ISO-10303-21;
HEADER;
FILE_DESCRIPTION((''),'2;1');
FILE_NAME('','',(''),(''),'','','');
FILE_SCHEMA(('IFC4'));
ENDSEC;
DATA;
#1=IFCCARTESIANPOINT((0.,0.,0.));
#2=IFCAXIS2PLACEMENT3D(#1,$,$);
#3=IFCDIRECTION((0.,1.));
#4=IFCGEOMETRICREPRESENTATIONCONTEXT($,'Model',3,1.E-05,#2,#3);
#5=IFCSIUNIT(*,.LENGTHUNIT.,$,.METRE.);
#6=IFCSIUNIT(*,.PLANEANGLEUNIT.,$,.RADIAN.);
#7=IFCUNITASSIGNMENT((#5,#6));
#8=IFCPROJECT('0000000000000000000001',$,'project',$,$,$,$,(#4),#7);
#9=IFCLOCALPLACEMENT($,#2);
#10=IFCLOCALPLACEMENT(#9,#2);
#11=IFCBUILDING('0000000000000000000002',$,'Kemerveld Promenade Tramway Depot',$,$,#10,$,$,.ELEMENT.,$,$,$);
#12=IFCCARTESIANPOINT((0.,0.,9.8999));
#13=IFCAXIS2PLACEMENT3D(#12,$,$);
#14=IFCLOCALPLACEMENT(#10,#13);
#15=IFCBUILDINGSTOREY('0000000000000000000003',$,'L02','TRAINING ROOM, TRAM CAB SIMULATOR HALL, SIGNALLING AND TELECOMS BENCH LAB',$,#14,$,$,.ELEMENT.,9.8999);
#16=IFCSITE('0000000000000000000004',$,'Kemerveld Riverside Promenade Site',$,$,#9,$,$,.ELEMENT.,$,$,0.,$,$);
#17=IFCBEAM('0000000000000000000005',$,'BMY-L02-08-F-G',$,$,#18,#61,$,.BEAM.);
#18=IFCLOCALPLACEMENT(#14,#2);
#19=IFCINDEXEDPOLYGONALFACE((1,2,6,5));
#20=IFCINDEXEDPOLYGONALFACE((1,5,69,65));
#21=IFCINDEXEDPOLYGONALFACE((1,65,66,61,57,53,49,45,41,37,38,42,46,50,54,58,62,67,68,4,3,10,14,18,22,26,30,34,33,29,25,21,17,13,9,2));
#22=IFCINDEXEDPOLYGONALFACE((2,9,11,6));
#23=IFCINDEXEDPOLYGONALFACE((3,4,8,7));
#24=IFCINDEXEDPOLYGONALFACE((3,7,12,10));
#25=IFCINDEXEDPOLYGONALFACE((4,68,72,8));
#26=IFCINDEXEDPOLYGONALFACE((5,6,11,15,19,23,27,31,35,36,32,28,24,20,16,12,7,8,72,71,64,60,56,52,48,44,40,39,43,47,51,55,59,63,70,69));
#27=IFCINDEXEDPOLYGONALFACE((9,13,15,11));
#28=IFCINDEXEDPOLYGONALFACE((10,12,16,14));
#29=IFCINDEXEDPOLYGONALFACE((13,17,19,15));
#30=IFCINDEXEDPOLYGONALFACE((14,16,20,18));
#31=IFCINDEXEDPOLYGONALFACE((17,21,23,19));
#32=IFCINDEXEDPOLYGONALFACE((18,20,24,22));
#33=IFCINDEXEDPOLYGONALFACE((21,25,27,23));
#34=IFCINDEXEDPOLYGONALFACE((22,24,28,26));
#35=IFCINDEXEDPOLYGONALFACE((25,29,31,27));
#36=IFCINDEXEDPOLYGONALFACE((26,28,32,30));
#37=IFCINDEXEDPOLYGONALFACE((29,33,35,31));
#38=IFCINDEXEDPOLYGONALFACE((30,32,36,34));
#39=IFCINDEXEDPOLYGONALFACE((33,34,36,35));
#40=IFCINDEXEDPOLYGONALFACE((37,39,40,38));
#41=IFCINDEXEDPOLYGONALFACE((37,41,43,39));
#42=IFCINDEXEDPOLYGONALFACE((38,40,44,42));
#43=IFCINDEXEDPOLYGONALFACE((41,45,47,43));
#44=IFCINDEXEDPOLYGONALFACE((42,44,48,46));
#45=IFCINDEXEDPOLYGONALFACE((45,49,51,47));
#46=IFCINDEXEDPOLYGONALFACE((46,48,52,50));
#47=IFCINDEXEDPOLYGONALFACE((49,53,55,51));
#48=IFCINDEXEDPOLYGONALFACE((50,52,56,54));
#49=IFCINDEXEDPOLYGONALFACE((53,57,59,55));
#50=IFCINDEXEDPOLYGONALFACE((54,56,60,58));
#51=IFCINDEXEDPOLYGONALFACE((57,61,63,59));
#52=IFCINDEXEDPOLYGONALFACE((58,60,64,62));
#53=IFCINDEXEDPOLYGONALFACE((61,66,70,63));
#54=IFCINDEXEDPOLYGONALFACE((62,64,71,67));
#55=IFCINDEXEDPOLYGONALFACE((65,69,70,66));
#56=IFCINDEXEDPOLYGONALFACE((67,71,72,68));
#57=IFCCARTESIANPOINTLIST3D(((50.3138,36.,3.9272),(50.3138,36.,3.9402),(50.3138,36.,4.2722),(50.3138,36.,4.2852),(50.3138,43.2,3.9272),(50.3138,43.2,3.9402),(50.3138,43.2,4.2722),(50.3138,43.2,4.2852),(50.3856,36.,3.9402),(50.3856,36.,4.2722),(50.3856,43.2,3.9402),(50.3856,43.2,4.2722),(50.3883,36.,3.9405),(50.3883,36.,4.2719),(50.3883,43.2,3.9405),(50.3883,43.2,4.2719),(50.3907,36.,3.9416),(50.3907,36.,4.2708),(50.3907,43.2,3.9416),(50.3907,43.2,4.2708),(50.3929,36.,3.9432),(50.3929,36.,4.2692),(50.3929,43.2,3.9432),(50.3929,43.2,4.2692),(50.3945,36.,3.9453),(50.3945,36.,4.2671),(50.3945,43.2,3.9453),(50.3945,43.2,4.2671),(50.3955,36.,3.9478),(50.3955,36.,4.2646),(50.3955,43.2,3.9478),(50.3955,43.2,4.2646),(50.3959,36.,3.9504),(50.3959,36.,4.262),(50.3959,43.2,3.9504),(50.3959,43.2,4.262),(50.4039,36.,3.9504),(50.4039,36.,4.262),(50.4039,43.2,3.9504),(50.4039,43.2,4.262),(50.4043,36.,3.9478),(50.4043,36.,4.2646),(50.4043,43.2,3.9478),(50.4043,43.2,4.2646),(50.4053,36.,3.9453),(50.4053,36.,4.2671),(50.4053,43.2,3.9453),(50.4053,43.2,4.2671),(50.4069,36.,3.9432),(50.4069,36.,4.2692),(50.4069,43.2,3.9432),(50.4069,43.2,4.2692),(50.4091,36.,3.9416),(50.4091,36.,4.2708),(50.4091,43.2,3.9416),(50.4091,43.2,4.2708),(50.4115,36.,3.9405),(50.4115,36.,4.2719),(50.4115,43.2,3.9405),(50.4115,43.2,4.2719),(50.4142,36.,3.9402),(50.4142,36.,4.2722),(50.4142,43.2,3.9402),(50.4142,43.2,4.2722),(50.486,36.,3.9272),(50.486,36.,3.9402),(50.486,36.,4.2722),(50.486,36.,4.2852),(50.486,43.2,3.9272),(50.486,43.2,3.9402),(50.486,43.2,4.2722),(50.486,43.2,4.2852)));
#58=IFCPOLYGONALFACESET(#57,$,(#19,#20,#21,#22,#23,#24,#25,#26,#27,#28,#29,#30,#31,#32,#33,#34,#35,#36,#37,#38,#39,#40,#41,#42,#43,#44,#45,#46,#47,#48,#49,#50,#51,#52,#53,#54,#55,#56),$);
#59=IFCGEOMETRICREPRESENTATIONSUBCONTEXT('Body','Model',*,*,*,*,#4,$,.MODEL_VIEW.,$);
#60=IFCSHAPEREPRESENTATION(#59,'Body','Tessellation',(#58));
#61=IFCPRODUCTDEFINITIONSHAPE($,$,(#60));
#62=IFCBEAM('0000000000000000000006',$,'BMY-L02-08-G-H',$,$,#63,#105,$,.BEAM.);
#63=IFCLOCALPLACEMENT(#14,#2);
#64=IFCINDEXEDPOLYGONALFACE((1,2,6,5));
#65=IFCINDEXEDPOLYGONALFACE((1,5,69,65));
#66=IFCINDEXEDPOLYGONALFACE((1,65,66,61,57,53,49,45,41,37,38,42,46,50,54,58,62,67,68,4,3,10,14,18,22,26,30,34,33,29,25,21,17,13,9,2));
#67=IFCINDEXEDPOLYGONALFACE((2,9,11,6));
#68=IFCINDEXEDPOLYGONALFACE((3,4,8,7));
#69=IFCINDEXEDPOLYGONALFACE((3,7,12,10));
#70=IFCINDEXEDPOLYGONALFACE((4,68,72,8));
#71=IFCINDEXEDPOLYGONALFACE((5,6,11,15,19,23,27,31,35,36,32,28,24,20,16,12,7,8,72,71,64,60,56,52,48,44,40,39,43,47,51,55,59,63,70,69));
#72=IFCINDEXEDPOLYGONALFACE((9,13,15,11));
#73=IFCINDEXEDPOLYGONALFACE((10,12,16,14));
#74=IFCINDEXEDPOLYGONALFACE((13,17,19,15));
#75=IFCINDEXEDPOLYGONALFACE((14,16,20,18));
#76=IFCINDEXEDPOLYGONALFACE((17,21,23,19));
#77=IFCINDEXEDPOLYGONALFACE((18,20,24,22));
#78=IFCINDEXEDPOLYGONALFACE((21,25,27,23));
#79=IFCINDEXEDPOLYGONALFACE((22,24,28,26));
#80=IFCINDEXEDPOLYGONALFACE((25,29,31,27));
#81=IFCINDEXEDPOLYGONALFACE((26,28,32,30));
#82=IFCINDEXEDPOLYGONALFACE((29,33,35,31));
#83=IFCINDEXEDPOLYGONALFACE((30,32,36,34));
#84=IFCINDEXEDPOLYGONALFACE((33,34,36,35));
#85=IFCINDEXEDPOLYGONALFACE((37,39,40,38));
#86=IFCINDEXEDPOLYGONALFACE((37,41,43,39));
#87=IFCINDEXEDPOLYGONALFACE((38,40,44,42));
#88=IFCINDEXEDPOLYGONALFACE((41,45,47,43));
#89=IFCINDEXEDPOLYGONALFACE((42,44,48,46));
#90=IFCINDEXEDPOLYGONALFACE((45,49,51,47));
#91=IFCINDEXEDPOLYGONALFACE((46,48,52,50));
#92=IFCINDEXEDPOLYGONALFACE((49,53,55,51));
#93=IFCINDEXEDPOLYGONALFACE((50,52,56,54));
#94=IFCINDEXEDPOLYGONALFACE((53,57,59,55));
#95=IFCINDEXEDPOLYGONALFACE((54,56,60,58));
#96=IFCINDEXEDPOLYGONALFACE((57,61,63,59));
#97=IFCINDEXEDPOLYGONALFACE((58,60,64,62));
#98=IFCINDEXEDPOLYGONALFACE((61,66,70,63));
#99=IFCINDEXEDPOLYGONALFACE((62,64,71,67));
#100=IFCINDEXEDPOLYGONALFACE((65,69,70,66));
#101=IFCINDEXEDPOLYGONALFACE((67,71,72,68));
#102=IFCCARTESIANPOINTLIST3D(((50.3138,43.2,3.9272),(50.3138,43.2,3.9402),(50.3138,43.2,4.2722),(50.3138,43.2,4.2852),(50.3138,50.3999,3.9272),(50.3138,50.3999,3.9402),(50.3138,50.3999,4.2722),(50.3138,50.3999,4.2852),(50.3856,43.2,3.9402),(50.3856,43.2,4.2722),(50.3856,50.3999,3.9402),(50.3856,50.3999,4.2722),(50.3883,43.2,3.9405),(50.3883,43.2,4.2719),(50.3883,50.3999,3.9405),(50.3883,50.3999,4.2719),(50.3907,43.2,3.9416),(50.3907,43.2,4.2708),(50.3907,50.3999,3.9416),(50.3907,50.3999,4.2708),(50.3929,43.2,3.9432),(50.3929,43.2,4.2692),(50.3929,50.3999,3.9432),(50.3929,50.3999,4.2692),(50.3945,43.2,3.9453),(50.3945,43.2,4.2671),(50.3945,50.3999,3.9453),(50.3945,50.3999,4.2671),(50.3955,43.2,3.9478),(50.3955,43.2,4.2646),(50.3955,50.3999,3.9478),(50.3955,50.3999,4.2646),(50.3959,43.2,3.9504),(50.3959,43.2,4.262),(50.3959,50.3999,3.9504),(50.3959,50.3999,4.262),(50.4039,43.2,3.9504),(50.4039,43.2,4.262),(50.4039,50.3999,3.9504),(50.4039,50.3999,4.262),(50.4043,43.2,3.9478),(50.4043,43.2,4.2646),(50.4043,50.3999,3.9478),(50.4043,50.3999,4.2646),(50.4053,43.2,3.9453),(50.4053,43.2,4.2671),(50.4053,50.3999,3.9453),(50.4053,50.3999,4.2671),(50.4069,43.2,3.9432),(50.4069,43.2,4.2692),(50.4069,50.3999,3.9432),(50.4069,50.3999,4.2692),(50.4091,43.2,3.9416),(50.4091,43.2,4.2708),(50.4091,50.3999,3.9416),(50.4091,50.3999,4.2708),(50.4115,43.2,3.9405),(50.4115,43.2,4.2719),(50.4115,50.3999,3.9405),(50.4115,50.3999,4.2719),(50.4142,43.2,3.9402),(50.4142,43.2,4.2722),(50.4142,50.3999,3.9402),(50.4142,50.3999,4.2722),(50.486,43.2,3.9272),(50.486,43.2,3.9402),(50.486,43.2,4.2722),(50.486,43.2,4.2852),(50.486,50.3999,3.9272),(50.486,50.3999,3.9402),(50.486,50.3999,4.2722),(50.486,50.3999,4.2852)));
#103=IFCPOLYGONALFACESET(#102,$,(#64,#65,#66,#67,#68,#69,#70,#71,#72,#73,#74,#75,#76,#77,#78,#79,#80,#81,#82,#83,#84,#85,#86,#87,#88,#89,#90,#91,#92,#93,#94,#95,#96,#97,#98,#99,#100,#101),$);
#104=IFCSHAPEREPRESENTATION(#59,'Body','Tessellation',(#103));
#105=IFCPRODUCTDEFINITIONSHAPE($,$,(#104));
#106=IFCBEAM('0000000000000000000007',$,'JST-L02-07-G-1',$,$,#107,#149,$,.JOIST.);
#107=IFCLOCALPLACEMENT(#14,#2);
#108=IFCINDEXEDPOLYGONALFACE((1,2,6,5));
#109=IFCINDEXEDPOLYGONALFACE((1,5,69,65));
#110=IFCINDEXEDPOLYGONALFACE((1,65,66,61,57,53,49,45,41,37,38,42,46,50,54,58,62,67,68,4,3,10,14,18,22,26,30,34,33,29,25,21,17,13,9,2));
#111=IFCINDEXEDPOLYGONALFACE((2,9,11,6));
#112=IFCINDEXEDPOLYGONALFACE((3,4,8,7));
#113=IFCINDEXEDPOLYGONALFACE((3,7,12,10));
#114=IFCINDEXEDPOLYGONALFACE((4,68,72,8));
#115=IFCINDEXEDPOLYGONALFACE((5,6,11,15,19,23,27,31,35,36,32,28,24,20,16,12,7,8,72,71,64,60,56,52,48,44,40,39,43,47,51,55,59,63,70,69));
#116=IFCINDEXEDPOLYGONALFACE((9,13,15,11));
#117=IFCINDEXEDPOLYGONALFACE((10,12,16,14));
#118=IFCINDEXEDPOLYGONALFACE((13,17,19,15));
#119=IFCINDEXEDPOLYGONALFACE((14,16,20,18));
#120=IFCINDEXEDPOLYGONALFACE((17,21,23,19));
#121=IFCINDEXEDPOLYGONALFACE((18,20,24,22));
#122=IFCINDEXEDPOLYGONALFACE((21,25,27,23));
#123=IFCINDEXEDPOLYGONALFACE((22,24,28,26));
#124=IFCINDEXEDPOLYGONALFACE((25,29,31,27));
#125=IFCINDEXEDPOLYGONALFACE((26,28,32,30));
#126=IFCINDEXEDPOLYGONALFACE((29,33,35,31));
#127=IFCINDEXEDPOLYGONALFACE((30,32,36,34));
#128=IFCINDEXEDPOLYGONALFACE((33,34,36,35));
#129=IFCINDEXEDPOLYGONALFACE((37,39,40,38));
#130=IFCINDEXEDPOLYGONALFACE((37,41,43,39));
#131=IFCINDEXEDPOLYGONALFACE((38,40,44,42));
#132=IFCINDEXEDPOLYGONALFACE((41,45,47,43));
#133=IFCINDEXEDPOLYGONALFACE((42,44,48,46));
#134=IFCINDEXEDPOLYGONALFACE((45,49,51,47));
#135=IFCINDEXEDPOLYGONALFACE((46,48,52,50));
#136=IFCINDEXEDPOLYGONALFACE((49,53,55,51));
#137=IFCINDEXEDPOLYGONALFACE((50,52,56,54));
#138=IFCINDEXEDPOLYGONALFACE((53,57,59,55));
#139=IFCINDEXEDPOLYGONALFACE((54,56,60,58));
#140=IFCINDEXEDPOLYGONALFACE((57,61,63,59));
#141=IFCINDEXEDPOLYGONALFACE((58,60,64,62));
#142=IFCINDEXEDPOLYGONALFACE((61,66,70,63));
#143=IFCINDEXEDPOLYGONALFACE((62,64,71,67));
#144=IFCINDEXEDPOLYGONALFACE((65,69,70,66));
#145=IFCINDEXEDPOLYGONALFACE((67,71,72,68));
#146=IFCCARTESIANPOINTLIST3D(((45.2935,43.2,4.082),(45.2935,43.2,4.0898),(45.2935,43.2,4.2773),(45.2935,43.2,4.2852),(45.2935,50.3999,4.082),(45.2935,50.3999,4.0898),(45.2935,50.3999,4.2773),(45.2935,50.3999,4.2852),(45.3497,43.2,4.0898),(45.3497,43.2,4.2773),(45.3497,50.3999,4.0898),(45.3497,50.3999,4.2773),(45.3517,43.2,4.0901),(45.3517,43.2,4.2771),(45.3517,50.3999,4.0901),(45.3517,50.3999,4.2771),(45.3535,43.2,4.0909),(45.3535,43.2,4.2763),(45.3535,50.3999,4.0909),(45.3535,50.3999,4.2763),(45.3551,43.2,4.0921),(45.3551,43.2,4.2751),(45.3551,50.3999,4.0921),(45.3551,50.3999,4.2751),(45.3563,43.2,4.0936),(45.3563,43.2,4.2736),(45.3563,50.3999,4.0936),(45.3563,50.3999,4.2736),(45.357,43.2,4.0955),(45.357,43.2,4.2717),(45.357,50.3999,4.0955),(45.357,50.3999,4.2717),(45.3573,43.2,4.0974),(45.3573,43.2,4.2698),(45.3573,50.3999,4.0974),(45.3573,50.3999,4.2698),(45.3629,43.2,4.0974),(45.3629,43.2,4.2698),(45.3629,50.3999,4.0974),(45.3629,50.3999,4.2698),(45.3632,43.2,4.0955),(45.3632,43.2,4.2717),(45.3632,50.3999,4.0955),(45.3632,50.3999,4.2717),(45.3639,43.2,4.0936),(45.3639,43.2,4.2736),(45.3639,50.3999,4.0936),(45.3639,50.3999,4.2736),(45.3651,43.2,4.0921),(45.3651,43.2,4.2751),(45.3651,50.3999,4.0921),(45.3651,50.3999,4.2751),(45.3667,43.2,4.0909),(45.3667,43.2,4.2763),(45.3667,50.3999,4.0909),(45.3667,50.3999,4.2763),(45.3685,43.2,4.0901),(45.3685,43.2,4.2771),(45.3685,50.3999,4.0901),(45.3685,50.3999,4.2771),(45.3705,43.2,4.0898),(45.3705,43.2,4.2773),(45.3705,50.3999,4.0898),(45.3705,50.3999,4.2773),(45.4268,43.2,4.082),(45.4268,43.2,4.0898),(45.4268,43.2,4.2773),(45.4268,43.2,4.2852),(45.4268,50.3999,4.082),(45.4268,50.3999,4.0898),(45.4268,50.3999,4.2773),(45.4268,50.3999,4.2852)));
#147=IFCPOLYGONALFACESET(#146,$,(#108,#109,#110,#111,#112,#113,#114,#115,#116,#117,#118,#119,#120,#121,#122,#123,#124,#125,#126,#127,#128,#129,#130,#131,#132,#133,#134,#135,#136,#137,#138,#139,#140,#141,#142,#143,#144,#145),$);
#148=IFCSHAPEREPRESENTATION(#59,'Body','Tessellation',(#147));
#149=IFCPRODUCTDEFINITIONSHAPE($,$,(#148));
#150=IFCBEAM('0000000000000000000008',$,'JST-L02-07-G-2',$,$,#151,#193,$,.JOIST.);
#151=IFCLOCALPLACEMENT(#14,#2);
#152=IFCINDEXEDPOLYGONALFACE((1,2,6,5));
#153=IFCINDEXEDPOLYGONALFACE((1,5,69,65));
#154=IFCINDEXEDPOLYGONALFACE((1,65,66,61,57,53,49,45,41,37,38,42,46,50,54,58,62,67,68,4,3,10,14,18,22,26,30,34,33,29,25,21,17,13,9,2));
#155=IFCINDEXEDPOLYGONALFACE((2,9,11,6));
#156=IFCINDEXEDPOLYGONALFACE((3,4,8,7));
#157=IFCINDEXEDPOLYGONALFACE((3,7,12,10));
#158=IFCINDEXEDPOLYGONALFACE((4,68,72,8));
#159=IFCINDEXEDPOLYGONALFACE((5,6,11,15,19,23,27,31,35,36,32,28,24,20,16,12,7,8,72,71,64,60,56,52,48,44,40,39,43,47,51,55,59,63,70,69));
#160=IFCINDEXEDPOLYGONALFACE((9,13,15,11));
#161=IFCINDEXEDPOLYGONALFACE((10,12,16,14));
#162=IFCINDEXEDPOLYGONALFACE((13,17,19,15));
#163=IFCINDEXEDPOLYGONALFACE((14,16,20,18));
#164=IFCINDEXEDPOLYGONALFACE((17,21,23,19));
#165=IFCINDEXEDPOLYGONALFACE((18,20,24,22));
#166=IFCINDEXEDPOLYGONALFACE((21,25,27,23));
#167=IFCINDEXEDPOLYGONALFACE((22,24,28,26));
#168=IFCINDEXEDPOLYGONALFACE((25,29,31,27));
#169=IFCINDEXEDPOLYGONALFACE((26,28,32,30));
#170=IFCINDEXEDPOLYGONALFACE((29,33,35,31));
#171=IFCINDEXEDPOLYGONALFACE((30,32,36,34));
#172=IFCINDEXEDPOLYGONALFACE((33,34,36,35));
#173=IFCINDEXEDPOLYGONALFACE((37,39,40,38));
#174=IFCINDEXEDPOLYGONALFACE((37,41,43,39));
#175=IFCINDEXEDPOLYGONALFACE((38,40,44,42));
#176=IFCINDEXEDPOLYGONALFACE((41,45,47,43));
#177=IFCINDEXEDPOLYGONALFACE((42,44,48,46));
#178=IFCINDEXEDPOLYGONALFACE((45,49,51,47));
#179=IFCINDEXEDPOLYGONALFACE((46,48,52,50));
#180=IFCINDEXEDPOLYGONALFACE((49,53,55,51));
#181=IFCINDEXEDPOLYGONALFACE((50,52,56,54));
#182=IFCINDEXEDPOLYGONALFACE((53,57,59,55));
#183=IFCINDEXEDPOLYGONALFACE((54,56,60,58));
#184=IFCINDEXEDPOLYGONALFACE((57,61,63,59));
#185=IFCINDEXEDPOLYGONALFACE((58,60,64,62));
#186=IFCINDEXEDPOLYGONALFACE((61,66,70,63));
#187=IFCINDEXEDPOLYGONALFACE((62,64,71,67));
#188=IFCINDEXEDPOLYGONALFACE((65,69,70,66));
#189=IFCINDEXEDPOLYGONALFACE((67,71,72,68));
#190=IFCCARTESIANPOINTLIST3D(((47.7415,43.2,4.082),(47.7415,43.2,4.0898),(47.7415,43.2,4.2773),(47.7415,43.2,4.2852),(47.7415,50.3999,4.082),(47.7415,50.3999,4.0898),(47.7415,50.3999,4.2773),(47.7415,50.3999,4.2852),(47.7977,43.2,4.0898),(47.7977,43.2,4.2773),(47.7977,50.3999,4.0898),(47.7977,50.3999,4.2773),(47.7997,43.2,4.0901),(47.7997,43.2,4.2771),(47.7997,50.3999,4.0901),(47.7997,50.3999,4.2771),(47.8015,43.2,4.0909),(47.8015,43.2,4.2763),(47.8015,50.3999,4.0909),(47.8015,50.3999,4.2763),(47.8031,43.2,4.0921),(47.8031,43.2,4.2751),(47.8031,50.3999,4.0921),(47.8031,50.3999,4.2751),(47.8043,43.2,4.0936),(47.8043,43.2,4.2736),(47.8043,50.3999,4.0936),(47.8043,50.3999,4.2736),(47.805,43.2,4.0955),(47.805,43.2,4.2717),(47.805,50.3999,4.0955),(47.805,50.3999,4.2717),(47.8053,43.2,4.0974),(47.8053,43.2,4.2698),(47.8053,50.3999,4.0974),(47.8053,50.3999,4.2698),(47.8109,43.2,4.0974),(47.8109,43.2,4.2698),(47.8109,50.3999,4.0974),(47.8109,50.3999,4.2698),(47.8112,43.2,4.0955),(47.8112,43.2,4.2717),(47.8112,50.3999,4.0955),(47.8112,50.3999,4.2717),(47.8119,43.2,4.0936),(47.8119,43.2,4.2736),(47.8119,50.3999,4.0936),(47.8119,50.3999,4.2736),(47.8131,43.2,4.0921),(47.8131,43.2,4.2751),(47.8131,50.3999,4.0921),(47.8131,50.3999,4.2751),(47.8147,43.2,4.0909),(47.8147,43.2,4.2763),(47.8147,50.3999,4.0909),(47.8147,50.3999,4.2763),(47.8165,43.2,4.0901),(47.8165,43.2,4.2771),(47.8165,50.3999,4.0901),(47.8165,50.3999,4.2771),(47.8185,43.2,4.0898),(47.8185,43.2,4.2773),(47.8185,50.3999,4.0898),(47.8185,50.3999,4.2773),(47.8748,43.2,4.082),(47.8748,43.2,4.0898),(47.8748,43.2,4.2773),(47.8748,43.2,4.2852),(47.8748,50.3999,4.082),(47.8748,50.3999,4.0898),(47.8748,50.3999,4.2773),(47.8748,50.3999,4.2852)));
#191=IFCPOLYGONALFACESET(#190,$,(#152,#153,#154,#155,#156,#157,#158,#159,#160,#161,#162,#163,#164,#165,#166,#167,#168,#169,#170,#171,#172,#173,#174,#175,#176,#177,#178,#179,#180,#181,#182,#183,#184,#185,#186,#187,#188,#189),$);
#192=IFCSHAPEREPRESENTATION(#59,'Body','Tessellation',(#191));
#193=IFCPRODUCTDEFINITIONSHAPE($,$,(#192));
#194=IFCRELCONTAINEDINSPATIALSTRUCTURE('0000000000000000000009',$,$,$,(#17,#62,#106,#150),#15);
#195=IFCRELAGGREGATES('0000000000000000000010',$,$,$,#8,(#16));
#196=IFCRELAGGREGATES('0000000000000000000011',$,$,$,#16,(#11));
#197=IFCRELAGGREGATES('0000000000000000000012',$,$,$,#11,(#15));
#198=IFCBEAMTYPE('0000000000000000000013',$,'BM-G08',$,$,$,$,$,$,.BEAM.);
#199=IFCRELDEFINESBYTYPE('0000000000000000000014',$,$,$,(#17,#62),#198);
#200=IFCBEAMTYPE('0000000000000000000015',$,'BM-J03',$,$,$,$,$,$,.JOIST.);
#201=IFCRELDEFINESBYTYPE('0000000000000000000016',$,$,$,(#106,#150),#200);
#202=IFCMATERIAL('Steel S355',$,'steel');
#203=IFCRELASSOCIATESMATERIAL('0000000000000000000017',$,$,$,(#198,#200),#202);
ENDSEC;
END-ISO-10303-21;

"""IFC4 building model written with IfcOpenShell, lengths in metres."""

from ifc_helpers import new_model, si_unit, direction, frame, origin, origin_2d, place, context, subcontext, project, spatial, i_section, extrude, material, material_profile, profile_set, type_object, element, save


model = new_model("IFC4")

# Units and contexts
model_context = context("Model", 3, precision=1e-05, world=origin(), true_north=direction((0.0, 1.0)))
body_context = subcontext(model_context, "Body", "Model", "MODEL_VIEW")
ifc_project = project(units=[si_unit("LENGTHUNIT", "METRE"), si_unit("PLANEANGLEUNIT", "RADIAN")], contexts=[model_context])

# Site, building, storey
site_placement = place(None, origin())
site = spatial("IfcSite", under=ifc_project, at=site_placement, Name="Kemerveld Riverside Promenade Site", CompositionType="ELEMENT", RefElevation=0.0)
building_placement = place(site_placement, origin())
building = spatial("IfcBuilding", under=site, at=building_placement, Name="Kemerveld Promenade Tramway Depot", CompositionType="ELEMENT")
storey_placement = place(building_placement, frame((0.0, 0.0, 9.8999)))
storey = spatial("IfcBuildingStorey", under=building, at=storey_placement, Name="L02", Description="TRAINING ROOM, TRAM CAB SIMULATOR HALL, SIGNALLING AND TELECOMS BENCH LAB", CompositionType="ELEMENT", Elevation=9.8999)

# Shared definitions
ifc_material_1 = material(Name="Steel S355", Category="steel")

# Beams
ifc_material_profile_1 = material_profile(ifc_material_1, i_section(OverallWidth=0.1721, OverallDepth=0.3579, WebThickness=0.0081, FlangeThickness=0.0129, FilletRadius=0.0103, at=origin_2d()), Name="356x171x57 UB")
ifc_profile_set_1 = profile_set([ifc_material_profile_1], Name="Steel S355")
beam_type_1 = type_object("IfcBeamType", Name="BM-G08", PredefinedType="BEAM", material=ifc_profile_set_1)
for number, where, z_axis, x_axis, name in (
    (1, (50.3999, 36.0, 4.1062), (0.0, 1.0, 0.0), (-1.0, 0.0, 0.0), "BMY-L02-08-F-G"),
    (2, (50.3999, 43.2, 4.1062), (0.0, 1.0, 0.0), (-1.0, 0.0, 0.0), "BMY-L02-08-G-H"),
):
    element("IfcBeam", number, at=place(storey_placement, frame(where, z_axis=z_axis, x_axis=x_axis)), inside=storey, type_object=beam_type_1, Name=name, PredefinedType="BEAM", context=body_context, shape_type="SweptSolid", body=[
        extrude(i_section(OverallWidth=0.1721, OverallDepth=0.3579, WebThickness=0.0081, FlangeThickness=0.0129, FilletRadius=0.0103, at=origin_2d()), origin(), (0.0, 0.0, 1.0), 7.2),
    ])
ifc_material_profile_2 = material_profile(ifc_material_1, i_section(OverallWidth=0.1333, OverallDepth=0.2031, WebThickness=0.0056, FlangeThickness=0.0078, FilletRadius=0.0076, at=origin_2d()), Name="203x133x25 UB")
ifc_profile_set_2 = profile_set([ifc_material_profile_2], Name="Steel S355")
beam_type_2 = type_object("IfcBeamType", Name="BM-J03", PredefinedType="JOIST", material=ifc_profile_set_2)
for number, where, z_axis, x_axis, name in (
    (3, (45.3601, 43.2, 4.1836), (0.0, 1.0, 0.0), (-1.0, 0.0, 0.0), "JST-L02-07-G-1"),
    (4, (47.8081, 43.2, 4.1836), (0.0, 1.0, 0.0), (-1.0, 0.0, 0.0), "JST-L02-07-G-2"),
):
    element("IfcBeam", number, at=place(storey_placement, frame(where, z_axis=z_axis, x_axis=x_axis)), inside=storey, type_object=beam_type_2, Name=name, PredefinedType="JOIST", context=body_context, shape_type="SweptSolid", body=[
        extrude(i_section(OverallWidth=0.1333, OverallDepth=0.2031, WebThickness=0.0056, FlangeThickness=0.0078, FilletRadius=0.0076, at=origin_2d()), origin(), (0.0, 0.0, 1.0), 7.2),
    ])

save(model, "model.ifc")
